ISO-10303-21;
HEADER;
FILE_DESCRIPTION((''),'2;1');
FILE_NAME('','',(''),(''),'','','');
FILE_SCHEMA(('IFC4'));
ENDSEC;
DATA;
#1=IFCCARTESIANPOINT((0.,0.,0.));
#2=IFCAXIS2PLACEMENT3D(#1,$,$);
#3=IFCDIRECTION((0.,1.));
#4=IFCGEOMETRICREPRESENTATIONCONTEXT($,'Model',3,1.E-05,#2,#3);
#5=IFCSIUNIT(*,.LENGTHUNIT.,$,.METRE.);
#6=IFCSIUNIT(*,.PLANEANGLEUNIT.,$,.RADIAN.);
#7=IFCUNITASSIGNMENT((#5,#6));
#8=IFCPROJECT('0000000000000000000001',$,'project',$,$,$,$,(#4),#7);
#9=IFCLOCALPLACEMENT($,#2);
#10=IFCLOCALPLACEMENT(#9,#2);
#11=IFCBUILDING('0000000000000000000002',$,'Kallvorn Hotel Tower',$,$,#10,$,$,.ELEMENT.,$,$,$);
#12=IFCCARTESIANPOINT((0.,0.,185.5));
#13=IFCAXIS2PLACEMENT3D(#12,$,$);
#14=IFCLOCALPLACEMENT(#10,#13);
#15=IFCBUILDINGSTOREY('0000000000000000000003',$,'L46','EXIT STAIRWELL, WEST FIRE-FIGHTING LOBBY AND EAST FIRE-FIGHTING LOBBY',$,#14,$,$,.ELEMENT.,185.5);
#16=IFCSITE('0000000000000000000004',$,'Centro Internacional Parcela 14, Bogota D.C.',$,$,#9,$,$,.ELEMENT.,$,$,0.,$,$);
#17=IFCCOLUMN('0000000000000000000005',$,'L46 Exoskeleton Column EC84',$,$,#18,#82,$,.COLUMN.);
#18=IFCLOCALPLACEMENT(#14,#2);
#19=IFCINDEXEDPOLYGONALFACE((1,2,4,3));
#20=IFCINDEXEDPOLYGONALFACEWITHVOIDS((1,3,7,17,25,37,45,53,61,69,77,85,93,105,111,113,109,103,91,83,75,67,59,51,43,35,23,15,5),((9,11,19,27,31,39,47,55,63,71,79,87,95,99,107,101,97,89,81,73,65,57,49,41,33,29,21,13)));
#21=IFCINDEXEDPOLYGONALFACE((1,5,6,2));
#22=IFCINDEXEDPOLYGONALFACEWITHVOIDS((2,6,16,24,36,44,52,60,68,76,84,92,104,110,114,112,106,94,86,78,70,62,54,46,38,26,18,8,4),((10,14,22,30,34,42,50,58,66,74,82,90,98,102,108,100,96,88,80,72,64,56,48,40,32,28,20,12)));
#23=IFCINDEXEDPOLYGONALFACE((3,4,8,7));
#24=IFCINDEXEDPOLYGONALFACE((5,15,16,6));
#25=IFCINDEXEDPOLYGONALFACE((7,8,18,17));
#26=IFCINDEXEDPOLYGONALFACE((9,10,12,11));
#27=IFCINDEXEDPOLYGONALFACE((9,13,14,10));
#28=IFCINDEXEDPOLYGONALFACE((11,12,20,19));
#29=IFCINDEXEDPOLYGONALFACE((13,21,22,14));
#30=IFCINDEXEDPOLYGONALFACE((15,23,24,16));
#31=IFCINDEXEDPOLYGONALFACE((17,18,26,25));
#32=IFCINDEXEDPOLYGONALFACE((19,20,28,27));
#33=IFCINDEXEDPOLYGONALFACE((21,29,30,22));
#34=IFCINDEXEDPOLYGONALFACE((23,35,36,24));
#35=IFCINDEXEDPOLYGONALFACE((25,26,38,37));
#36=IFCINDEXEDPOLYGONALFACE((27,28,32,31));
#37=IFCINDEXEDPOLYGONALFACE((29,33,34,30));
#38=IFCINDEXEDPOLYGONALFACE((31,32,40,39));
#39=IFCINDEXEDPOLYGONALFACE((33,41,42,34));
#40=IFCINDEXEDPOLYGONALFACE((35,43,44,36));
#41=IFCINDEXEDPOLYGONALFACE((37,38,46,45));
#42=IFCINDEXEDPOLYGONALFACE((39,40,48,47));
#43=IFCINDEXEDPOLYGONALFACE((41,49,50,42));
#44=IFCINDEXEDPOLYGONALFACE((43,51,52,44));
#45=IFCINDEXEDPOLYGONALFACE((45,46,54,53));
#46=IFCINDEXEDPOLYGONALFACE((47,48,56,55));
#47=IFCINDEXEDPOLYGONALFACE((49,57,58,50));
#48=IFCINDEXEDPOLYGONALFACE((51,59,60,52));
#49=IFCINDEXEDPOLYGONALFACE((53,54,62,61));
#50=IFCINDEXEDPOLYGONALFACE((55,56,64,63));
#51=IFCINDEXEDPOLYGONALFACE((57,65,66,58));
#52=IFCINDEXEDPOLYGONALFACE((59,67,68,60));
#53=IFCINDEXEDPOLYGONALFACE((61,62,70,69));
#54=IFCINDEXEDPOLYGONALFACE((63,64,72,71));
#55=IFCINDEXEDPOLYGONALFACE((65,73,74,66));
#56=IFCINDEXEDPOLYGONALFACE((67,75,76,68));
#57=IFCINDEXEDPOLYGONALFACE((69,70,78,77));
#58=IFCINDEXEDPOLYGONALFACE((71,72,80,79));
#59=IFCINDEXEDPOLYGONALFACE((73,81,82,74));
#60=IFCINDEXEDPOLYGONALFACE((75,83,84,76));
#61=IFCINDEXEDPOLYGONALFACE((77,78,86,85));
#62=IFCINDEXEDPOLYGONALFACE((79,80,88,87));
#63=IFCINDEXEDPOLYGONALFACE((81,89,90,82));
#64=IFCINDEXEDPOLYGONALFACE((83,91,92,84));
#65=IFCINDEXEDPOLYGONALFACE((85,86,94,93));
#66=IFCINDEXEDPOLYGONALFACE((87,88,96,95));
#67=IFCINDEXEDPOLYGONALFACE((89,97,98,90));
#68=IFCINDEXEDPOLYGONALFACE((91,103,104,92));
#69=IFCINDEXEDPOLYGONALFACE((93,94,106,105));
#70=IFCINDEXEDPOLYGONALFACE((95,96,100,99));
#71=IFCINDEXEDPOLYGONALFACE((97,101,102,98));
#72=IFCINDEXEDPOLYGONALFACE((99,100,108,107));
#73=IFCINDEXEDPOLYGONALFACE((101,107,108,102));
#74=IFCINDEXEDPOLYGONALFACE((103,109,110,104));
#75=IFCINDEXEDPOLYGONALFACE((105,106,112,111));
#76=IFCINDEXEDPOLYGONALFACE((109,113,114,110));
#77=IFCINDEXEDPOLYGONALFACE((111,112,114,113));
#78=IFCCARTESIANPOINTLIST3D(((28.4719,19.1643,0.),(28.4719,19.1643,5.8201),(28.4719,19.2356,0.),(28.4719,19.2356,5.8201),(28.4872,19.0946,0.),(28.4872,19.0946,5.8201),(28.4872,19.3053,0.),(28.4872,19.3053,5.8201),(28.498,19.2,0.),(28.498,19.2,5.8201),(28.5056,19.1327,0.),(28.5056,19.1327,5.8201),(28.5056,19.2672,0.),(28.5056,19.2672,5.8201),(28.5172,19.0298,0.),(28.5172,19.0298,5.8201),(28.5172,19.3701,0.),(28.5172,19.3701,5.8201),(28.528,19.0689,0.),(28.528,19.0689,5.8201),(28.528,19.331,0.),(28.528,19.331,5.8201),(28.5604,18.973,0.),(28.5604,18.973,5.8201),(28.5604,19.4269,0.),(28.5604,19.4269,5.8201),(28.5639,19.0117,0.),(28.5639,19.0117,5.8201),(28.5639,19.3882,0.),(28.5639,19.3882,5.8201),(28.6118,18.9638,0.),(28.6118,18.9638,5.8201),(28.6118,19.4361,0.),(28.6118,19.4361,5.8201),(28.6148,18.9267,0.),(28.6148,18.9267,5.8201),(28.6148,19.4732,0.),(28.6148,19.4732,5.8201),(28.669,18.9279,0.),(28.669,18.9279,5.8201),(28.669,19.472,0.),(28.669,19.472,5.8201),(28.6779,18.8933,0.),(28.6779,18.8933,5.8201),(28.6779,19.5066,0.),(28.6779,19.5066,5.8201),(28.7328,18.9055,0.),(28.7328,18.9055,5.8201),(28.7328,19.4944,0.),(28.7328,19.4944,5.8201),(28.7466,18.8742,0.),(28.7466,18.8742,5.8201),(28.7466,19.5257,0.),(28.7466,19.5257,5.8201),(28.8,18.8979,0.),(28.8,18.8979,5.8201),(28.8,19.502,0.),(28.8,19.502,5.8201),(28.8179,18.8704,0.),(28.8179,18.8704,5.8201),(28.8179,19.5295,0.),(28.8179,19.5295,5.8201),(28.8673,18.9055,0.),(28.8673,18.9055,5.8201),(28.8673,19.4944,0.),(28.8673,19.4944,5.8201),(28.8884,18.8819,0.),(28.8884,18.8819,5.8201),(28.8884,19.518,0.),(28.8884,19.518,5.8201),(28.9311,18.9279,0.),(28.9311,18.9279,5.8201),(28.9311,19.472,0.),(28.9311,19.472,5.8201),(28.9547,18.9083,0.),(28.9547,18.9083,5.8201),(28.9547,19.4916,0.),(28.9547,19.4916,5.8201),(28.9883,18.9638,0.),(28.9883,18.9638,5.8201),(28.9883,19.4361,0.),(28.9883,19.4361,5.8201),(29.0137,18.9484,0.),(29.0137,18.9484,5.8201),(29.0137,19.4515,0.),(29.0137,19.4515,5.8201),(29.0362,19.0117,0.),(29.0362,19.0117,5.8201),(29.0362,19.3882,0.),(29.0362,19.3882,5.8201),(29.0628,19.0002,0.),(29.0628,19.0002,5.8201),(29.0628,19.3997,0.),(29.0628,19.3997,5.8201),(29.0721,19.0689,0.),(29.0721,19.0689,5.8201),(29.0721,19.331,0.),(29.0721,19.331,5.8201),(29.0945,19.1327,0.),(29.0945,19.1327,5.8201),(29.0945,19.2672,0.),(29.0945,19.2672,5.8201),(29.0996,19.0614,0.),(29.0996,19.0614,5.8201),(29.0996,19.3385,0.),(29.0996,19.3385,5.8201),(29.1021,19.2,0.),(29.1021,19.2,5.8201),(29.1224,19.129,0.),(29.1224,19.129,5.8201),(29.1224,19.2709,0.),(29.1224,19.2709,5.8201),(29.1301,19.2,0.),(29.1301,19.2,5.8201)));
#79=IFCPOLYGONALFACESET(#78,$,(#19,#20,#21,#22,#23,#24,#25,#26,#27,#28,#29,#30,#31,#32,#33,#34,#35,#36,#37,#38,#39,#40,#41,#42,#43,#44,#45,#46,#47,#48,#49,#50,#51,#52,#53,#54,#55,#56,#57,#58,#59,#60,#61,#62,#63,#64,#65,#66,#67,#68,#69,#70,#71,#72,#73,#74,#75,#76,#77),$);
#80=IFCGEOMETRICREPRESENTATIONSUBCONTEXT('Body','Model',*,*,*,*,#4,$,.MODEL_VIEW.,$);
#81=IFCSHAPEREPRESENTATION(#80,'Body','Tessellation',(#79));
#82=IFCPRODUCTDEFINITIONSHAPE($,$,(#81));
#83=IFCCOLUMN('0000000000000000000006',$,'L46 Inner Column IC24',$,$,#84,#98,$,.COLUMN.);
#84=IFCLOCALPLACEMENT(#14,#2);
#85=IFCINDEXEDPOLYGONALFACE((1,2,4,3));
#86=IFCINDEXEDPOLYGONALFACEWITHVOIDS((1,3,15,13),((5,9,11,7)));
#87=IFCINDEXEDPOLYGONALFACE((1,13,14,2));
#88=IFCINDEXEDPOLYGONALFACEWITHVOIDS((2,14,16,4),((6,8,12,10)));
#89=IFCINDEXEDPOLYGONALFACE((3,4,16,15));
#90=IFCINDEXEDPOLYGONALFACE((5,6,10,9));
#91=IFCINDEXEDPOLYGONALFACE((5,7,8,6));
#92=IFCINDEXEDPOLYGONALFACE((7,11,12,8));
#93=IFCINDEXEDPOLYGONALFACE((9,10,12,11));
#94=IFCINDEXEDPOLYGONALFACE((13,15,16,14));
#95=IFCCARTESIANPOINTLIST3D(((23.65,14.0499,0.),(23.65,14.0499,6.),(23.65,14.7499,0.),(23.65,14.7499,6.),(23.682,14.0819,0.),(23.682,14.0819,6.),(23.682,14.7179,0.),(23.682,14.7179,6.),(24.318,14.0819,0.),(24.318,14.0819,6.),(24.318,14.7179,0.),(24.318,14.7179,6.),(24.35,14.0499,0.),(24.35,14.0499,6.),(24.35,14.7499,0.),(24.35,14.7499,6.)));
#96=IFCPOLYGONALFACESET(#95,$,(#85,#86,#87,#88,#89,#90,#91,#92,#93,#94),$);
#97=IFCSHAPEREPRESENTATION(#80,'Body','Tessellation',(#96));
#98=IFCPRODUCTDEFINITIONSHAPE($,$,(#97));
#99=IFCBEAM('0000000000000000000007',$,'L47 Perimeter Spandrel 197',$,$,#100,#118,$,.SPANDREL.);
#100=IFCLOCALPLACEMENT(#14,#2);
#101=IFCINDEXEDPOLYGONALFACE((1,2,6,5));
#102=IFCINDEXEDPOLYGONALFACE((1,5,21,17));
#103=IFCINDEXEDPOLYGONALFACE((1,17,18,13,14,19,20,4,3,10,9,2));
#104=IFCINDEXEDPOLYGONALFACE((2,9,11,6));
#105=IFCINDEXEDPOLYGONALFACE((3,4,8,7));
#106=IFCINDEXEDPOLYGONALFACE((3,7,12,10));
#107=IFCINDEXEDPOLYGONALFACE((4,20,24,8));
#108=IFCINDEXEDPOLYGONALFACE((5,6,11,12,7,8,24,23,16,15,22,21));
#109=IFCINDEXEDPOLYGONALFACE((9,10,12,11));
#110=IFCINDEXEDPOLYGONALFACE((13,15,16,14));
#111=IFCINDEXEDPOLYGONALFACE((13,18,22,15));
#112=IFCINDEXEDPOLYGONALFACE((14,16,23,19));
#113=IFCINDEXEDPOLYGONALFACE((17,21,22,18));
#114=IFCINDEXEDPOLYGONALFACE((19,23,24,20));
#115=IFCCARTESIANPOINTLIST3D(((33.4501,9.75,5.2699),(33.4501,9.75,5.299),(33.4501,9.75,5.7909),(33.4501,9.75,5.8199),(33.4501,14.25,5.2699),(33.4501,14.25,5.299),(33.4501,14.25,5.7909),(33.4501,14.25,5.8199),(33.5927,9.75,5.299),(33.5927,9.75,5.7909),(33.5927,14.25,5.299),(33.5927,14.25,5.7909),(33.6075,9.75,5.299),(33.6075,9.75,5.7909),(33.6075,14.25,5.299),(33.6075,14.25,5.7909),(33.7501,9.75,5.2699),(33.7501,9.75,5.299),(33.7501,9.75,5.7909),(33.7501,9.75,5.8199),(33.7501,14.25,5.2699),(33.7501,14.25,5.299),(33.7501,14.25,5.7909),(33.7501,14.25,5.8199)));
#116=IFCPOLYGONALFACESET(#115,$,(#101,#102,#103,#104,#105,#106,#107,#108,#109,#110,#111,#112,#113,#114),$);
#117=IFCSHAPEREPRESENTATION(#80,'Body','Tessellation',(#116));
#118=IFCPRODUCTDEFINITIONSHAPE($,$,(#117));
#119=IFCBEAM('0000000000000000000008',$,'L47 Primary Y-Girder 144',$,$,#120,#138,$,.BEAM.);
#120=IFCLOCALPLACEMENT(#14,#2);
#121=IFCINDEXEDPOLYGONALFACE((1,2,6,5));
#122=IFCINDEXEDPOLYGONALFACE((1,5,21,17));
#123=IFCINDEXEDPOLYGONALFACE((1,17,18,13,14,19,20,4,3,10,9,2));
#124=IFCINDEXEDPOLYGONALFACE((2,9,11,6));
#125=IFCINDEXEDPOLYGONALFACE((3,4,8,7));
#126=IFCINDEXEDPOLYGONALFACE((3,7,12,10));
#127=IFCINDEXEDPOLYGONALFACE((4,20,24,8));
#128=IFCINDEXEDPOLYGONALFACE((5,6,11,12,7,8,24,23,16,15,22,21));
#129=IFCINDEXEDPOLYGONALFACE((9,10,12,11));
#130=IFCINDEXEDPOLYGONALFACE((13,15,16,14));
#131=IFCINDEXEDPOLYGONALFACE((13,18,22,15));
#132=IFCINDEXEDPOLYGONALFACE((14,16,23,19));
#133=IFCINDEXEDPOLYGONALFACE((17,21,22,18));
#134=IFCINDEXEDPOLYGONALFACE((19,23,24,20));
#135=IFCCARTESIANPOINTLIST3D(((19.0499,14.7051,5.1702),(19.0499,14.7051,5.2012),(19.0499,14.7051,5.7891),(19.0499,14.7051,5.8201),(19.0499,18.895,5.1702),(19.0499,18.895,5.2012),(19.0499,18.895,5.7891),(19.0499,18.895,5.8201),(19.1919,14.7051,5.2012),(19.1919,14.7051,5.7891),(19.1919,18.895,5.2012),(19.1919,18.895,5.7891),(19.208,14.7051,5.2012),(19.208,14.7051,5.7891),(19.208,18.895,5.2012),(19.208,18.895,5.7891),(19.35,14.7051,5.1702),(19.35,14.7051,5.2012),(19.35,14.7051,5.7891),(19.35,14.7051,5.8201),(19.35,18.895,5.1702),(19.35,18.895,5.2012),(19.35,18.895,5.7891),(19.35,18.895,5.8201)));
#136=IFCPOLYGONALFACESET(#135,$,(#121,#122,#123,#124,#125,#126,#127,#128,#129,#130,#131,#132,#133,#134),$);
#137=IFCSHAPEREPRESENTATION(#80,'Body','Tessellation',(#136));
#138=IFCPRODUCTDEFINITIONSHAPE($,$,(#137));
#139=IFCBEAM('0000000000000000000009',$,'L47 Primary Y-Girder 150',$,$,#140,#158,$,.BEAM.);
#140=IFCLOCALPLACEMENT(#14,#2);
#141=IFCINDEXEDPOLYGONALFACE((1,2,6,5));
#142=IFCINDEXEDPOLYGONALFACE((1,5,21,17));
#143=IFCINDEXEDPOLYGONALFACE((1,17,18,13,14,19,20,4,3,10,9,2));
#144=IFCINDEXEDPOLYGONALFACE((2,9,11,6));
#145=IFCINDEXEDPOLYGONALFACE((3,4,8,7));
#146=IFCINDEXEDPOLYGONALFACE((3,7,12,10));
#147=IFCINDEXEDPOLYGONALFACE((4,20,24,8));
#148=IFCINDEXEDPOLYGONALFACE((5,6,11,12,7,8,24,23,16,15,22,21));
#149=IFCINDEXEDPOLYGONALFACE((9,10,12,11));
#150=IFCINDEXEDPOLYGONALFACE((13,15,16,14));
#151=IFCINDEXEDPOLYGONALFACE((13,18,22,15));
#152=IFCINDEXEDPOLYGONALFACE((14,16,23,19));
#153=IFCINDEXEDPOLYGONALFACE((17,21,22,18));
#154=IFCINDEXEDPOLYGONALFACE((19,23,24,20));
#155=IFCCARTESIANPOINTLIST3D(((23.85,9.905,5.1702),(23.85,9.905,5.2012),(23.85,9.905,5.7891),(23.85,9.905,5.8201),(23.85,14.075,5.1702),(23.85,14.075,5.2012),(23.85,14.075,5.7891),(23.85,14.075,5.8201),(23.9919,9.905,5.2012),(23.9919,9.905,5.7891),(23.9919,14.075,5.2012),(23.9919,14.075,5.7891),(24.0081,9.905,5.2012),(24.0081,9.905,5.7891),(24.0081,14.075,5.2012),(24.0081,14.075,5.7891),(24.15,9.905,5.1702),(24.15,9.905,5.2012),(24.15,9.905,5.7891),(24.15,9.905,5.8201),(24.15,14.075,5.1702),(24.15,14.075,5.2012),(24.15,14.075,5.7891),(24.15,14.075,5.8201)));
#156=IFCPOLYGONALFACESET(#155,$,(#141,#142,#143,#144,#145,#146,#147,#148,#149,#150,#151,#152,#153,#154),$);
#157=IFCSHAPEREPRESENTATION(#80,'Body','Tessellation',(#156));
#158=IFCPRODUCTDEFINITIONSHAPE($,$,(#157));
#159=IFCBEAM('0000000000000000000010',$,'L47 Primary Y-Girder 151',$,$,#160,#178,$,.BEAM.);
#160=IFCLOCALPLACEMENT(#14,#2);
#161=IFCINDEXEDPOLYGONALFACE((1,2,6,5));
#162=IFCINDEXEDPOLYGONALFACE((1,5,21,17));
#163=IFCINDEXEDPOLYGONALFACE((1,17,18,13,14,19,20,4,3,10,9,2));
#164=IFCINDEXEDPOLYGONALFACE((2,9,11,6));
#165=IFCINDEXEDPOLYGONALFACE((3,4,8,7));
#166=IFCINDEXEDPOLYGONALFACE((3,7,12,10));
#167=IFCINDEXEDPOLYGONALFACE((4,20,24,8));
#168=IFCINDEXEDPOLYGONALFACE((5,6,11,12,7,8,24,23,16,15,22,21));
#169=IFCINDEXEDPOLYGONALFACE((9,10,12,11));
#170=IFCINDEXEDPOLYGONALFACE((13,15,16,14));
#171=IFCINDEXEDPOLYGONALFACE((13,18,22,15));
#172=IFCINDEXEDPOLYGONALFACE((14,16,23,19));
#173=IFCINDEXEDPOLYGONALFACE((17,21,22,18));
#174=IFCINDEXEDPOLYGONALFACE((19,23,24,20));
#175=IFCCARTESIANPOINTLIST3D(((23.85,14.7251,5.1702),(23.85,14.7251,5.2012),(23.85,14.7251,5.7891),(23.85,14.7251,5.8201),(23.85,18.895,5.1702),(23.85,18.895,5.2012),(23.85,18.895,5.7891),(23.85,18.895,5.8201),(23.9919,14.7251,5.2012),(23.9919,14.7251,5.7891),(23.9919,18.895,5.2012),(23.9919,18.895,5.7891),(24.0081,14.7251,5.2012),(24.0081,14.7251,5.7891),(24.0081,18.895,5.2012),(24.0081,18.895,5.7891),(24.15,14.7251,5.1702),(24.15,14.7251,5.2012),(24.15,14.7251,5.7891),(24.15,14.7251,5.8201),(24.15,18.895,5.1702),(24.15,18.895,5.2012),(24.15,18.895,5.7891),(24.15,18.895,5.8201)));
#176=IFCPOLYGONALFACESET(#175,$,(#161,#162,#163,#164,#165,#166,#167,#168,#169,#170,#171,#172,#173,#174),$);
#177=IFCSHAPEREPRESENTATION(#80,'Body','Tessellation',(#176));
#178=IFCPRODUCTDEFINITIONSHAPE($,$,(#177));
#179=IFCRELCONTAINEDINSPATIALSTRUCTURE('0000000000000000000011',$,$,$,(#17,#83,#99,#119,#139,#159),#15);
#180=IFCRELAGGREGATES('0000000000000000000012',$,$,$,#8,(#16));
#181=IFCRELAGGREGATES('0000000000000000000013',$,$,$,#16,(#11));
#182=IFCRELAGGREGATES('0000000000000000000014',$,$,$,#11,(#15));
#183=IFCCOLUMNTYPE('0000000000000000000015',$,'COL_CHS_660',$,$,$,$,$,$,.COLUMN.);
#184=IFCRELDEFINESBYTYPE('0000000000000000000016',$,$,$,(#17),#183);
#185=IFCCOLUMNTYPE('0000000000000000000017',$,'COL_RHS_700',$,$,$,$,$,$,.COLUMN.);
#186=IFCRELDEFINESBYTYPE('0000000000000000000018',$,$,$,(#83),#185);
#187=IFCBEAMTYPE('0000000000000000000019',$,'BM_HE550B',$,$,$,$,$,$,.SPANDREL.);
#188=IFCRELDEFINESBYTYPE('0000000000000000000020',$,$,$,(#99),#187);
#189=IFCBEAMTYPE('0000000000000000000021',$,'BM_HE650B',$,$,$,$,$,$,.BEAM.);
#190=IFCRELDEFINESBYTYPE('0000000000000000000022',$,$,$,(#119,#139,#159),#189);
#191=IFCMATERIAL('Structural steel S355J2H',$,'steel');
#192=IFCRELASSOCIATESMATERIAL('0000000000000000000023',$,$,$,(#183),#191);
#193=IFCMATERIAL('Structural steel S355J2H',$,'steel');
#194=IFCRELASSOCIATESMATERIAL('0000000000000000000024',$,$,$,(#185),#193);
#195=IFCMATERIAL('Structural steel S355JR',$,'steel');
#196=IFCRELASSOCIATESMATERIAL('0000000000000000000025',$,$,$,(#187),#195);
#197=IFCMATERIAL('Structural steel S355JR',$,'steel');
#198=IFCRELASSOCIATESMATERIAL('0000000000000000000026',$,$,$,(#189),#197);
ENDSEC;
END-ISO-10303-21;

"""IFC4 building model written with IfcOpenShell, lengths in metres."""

from ifc_helpers import new_model, si_unit, direction, frame, origin, origin_2d, place, context, subcontext, project, spatial, hollow_rectangle, hollow_circle, i_section, extrude, material, material_profile, profile_set, type_object, element, save


model = new_model("IFC4")

# Units and contexts
model_context = context("Model", 3, precision=1e-05, world=origin(), true_north=direction((0.0, 1.0)))
body_context = subcontext(model_context, "Body", "Model", "MODEL_VIEW")
ifc_project = project(units=[si_unit("LENGTHUNIT", "METRE"), si_unit("PLANEANGLEUNIT", "RADIAN")], contexts=[model_context])

# Site, building, storey
site_placement = place(None, origin())
site = spatial("IfcSite", under=ifc_project, at=site_placement, Name="Centro Internacional Parcela 14, Bogota D.C.", CompositionType="ELEMENT", RefElevation=0.0)
building_placement = place(site_placement, origin())
building = spatial("IfcBuilding", under=site, at=building_placement, Name="Kallvorn Hotel Tower", CompositionType="ELEMENT")
storey_placement = place(building_placement, frame((0.0, 0.0, 185.5)))
storey = spatial("IfcBuildingStorey", under=building, at=storey_placement, Name="L46", Description="EXIT STAIRWELL, WEST FIRE-FIGHTING LOBBY AND EAST FIRE-FIGHTING LOBBY", CompositionType="ELEMENT", Elevation=185.5)

# Columns
ifc_material_1 = material(Name="Structural steel S355J2H", Category="steel")
ifc_material_profile_1 = material_profile(ifc_material_1, hollow_circle(Radius=0.3301, WallThickness=0.0281, at=origin_2d()), Name="CHS 660x28")
ifc_profile_set_1 = profile_set([ifc_material_profile_1], Name="Structural steel S355J2H")
column_type_1 = type_object("IfcColumnType", Name="COL_CHS_660", PredefinedType="COLUMN", material=ifc_profile_set_1)
column_1_placement = place(storey_placement, frame((28.8, 19.2, 0.0), z_axis=(0.0, 0.0, 1.0), x_axis=(1.0, 0.0, 0.0)))
element("IfcColumn", 1, at=column_1_placement, inside=storey, type_object=column_type_1, Name="L46 Exoskeleton Column EC84", PredefinedType="COLUMN", context=body_context, shape_type="SweptSolid", body=[
    extrude(hollow_circle(Radius=0.3301, WallThickness=0.0281, at=origin_2d()), origin(), (0.0, 0.0, 1.0), 5.8201),
])
ifc_material_2 = material(Name="Structural steel S355J2H", Category="steel")
ifc_material_profile_2 = material_profile(ifc_material_2, hollow_rectangle(XDim=0.7, YDim=0.7, WallThickness=0.032, at=origin_2d()), Name="RHS 700x700x32")
ifc_profile_set_2 = profile_set([ifc_material_profile_2], Name="Structural steel S355J2H")
column_type_2 = type_object("IfcColumnType", Name="COL_RHS_700", PredefinedType="COLUMN", material=ifc_profile_set_2)
column_2_placement = place(storey_placement, frame((24.0, 14.3999, 0.0), z_axis=(0.0, 0.0, 1.0), x_axis=(1.0, 0.0, 0.0)))
element("IfcColumn", 2, at=column_2_placement, inside=storey, type_object=column_type_2, Name="L46 Inner Column IC24", PredefinedType="COLUMN", context=body_context, shape_type="SweptSolid", body=[
    extrude(hollow_rectangle(XDim=0.7, YDim=0.7, WallThickness=0.032, at=origin_2d()), origin(), (0.0, 0.0, 1.0), 6.0),
])

# Beams
ifc_material_3 = material(Name="Structural steel S355JR", Category="steel")
ifc_material_profile_3 = material_profile(ifc_material_3, i_section(OverallWidth=0.3, OverallDepth=0.55, WebThickness=0.0149, FlangeThickness=0.0291, at=origin_2d()), Name="HE 550 B")
ifc_profile_set_3 = profile_set([ifc_material_profile_3], Name="Structural steel S355JR")
beam_type_1 = type_object("IfcBeamType", Name="BM_HE550B", PredefinedType="SPANDREL", material=ifc_profile_set_3)
beam_1_placement = place(storey_placement, frame((33.6001, 9.75, 5.5449), z_axis=(0.0, 1.0, 0.0), x_axis=(-1.0, 0.0, 0.0)))
element("IfcBeam", 3, at=beam_1_placement, inside=storey, type_object=beam_type_1, Name="L47 Perimeter Spandrel 197", PredefinedType="SPANDREL", context=body_context, shape_type="SweptSolid", body=[
    extrude(i_section(OverallWidth=0.3, OverallDepth=0.55, WebThickness=0.0149, FlangeThickness=0.0291, at=origin_2d()), origin(), (0.0, 0.0, 1.0), 4.5),
])
ifc_material_4 = material(Name="Structural steel S355JR", Category="steel")
ifc_material_profile_4 = material_profile(ifc_material_4, i_section(OverallWidth=0.3, OverallDepth=0.6499, WebThickness=0.0161, FlangeThickness=0.031, at=origin_2d()), Name="HE 650 B")
ifc_profile_set_4 = profile_set([ifc_material_profile_4], Name="Structural steel S355JR")
beam_type_2 = type_object("IfcBeamType", Name="BM_HE650B", PredefinedType="BEAM", material=ifc_profile_set_4)
beam_2_placement = place(storey_placement, frame((19.2, 14.7051, 5.4951), z_axis=(0.0, 1.0, 0.0), x_axis=(-1.0, 0.0, 0.0)))
element("IfcBeam", 4, at=beam_2_placement, inside=storey, type_object=beam_type_2, Name="L47 Primary Y-Girder 144", PredefinedType="BEAM", context=body_context, shape_type="SweptSolid", body=[
    extrude(i_section(OverallWidth=0.3, OverallDepth=0.6499, WebThickness=0.0161, FlangeThickness=0.031, at=origin_2d()), origin(), (0.0, 0.0, 1.0), 4.1899),
])
for number, where, z_axis, x_axis, name in (
    (5, (24.0, 9.905, 5.4951), (0.0, 1.0, 0.0), (-1.0, 0.0, 0.0), "L47 Primary Y-Girder 150"),
    (6, (24.0, 14.7251, 5.4951), (0.0, 1.0, 0.0), (-1.0, 0.0, 0.0), "L47 Primary Y-Girder 151"),
):
    element("IfcBeam", number, at=place(storey_placement, frame(where, z_axis=z_axis, x_axis=x_axis)), inside=storey, type_object=beam_type_2, Name=name, PredefinedType="BEAM", context=body_context, shape_type="SweptSolid", body=[
        extrude(i_section(OverallWidth=0.3, OverallDepth=0.6499, WebThickness=0.0161, FlangeThickness=0.031, at=origin_2d()), origin(), (0.0, 0.0, 1.0), 4.1699),
    ])

save(model, "model.ifc")
